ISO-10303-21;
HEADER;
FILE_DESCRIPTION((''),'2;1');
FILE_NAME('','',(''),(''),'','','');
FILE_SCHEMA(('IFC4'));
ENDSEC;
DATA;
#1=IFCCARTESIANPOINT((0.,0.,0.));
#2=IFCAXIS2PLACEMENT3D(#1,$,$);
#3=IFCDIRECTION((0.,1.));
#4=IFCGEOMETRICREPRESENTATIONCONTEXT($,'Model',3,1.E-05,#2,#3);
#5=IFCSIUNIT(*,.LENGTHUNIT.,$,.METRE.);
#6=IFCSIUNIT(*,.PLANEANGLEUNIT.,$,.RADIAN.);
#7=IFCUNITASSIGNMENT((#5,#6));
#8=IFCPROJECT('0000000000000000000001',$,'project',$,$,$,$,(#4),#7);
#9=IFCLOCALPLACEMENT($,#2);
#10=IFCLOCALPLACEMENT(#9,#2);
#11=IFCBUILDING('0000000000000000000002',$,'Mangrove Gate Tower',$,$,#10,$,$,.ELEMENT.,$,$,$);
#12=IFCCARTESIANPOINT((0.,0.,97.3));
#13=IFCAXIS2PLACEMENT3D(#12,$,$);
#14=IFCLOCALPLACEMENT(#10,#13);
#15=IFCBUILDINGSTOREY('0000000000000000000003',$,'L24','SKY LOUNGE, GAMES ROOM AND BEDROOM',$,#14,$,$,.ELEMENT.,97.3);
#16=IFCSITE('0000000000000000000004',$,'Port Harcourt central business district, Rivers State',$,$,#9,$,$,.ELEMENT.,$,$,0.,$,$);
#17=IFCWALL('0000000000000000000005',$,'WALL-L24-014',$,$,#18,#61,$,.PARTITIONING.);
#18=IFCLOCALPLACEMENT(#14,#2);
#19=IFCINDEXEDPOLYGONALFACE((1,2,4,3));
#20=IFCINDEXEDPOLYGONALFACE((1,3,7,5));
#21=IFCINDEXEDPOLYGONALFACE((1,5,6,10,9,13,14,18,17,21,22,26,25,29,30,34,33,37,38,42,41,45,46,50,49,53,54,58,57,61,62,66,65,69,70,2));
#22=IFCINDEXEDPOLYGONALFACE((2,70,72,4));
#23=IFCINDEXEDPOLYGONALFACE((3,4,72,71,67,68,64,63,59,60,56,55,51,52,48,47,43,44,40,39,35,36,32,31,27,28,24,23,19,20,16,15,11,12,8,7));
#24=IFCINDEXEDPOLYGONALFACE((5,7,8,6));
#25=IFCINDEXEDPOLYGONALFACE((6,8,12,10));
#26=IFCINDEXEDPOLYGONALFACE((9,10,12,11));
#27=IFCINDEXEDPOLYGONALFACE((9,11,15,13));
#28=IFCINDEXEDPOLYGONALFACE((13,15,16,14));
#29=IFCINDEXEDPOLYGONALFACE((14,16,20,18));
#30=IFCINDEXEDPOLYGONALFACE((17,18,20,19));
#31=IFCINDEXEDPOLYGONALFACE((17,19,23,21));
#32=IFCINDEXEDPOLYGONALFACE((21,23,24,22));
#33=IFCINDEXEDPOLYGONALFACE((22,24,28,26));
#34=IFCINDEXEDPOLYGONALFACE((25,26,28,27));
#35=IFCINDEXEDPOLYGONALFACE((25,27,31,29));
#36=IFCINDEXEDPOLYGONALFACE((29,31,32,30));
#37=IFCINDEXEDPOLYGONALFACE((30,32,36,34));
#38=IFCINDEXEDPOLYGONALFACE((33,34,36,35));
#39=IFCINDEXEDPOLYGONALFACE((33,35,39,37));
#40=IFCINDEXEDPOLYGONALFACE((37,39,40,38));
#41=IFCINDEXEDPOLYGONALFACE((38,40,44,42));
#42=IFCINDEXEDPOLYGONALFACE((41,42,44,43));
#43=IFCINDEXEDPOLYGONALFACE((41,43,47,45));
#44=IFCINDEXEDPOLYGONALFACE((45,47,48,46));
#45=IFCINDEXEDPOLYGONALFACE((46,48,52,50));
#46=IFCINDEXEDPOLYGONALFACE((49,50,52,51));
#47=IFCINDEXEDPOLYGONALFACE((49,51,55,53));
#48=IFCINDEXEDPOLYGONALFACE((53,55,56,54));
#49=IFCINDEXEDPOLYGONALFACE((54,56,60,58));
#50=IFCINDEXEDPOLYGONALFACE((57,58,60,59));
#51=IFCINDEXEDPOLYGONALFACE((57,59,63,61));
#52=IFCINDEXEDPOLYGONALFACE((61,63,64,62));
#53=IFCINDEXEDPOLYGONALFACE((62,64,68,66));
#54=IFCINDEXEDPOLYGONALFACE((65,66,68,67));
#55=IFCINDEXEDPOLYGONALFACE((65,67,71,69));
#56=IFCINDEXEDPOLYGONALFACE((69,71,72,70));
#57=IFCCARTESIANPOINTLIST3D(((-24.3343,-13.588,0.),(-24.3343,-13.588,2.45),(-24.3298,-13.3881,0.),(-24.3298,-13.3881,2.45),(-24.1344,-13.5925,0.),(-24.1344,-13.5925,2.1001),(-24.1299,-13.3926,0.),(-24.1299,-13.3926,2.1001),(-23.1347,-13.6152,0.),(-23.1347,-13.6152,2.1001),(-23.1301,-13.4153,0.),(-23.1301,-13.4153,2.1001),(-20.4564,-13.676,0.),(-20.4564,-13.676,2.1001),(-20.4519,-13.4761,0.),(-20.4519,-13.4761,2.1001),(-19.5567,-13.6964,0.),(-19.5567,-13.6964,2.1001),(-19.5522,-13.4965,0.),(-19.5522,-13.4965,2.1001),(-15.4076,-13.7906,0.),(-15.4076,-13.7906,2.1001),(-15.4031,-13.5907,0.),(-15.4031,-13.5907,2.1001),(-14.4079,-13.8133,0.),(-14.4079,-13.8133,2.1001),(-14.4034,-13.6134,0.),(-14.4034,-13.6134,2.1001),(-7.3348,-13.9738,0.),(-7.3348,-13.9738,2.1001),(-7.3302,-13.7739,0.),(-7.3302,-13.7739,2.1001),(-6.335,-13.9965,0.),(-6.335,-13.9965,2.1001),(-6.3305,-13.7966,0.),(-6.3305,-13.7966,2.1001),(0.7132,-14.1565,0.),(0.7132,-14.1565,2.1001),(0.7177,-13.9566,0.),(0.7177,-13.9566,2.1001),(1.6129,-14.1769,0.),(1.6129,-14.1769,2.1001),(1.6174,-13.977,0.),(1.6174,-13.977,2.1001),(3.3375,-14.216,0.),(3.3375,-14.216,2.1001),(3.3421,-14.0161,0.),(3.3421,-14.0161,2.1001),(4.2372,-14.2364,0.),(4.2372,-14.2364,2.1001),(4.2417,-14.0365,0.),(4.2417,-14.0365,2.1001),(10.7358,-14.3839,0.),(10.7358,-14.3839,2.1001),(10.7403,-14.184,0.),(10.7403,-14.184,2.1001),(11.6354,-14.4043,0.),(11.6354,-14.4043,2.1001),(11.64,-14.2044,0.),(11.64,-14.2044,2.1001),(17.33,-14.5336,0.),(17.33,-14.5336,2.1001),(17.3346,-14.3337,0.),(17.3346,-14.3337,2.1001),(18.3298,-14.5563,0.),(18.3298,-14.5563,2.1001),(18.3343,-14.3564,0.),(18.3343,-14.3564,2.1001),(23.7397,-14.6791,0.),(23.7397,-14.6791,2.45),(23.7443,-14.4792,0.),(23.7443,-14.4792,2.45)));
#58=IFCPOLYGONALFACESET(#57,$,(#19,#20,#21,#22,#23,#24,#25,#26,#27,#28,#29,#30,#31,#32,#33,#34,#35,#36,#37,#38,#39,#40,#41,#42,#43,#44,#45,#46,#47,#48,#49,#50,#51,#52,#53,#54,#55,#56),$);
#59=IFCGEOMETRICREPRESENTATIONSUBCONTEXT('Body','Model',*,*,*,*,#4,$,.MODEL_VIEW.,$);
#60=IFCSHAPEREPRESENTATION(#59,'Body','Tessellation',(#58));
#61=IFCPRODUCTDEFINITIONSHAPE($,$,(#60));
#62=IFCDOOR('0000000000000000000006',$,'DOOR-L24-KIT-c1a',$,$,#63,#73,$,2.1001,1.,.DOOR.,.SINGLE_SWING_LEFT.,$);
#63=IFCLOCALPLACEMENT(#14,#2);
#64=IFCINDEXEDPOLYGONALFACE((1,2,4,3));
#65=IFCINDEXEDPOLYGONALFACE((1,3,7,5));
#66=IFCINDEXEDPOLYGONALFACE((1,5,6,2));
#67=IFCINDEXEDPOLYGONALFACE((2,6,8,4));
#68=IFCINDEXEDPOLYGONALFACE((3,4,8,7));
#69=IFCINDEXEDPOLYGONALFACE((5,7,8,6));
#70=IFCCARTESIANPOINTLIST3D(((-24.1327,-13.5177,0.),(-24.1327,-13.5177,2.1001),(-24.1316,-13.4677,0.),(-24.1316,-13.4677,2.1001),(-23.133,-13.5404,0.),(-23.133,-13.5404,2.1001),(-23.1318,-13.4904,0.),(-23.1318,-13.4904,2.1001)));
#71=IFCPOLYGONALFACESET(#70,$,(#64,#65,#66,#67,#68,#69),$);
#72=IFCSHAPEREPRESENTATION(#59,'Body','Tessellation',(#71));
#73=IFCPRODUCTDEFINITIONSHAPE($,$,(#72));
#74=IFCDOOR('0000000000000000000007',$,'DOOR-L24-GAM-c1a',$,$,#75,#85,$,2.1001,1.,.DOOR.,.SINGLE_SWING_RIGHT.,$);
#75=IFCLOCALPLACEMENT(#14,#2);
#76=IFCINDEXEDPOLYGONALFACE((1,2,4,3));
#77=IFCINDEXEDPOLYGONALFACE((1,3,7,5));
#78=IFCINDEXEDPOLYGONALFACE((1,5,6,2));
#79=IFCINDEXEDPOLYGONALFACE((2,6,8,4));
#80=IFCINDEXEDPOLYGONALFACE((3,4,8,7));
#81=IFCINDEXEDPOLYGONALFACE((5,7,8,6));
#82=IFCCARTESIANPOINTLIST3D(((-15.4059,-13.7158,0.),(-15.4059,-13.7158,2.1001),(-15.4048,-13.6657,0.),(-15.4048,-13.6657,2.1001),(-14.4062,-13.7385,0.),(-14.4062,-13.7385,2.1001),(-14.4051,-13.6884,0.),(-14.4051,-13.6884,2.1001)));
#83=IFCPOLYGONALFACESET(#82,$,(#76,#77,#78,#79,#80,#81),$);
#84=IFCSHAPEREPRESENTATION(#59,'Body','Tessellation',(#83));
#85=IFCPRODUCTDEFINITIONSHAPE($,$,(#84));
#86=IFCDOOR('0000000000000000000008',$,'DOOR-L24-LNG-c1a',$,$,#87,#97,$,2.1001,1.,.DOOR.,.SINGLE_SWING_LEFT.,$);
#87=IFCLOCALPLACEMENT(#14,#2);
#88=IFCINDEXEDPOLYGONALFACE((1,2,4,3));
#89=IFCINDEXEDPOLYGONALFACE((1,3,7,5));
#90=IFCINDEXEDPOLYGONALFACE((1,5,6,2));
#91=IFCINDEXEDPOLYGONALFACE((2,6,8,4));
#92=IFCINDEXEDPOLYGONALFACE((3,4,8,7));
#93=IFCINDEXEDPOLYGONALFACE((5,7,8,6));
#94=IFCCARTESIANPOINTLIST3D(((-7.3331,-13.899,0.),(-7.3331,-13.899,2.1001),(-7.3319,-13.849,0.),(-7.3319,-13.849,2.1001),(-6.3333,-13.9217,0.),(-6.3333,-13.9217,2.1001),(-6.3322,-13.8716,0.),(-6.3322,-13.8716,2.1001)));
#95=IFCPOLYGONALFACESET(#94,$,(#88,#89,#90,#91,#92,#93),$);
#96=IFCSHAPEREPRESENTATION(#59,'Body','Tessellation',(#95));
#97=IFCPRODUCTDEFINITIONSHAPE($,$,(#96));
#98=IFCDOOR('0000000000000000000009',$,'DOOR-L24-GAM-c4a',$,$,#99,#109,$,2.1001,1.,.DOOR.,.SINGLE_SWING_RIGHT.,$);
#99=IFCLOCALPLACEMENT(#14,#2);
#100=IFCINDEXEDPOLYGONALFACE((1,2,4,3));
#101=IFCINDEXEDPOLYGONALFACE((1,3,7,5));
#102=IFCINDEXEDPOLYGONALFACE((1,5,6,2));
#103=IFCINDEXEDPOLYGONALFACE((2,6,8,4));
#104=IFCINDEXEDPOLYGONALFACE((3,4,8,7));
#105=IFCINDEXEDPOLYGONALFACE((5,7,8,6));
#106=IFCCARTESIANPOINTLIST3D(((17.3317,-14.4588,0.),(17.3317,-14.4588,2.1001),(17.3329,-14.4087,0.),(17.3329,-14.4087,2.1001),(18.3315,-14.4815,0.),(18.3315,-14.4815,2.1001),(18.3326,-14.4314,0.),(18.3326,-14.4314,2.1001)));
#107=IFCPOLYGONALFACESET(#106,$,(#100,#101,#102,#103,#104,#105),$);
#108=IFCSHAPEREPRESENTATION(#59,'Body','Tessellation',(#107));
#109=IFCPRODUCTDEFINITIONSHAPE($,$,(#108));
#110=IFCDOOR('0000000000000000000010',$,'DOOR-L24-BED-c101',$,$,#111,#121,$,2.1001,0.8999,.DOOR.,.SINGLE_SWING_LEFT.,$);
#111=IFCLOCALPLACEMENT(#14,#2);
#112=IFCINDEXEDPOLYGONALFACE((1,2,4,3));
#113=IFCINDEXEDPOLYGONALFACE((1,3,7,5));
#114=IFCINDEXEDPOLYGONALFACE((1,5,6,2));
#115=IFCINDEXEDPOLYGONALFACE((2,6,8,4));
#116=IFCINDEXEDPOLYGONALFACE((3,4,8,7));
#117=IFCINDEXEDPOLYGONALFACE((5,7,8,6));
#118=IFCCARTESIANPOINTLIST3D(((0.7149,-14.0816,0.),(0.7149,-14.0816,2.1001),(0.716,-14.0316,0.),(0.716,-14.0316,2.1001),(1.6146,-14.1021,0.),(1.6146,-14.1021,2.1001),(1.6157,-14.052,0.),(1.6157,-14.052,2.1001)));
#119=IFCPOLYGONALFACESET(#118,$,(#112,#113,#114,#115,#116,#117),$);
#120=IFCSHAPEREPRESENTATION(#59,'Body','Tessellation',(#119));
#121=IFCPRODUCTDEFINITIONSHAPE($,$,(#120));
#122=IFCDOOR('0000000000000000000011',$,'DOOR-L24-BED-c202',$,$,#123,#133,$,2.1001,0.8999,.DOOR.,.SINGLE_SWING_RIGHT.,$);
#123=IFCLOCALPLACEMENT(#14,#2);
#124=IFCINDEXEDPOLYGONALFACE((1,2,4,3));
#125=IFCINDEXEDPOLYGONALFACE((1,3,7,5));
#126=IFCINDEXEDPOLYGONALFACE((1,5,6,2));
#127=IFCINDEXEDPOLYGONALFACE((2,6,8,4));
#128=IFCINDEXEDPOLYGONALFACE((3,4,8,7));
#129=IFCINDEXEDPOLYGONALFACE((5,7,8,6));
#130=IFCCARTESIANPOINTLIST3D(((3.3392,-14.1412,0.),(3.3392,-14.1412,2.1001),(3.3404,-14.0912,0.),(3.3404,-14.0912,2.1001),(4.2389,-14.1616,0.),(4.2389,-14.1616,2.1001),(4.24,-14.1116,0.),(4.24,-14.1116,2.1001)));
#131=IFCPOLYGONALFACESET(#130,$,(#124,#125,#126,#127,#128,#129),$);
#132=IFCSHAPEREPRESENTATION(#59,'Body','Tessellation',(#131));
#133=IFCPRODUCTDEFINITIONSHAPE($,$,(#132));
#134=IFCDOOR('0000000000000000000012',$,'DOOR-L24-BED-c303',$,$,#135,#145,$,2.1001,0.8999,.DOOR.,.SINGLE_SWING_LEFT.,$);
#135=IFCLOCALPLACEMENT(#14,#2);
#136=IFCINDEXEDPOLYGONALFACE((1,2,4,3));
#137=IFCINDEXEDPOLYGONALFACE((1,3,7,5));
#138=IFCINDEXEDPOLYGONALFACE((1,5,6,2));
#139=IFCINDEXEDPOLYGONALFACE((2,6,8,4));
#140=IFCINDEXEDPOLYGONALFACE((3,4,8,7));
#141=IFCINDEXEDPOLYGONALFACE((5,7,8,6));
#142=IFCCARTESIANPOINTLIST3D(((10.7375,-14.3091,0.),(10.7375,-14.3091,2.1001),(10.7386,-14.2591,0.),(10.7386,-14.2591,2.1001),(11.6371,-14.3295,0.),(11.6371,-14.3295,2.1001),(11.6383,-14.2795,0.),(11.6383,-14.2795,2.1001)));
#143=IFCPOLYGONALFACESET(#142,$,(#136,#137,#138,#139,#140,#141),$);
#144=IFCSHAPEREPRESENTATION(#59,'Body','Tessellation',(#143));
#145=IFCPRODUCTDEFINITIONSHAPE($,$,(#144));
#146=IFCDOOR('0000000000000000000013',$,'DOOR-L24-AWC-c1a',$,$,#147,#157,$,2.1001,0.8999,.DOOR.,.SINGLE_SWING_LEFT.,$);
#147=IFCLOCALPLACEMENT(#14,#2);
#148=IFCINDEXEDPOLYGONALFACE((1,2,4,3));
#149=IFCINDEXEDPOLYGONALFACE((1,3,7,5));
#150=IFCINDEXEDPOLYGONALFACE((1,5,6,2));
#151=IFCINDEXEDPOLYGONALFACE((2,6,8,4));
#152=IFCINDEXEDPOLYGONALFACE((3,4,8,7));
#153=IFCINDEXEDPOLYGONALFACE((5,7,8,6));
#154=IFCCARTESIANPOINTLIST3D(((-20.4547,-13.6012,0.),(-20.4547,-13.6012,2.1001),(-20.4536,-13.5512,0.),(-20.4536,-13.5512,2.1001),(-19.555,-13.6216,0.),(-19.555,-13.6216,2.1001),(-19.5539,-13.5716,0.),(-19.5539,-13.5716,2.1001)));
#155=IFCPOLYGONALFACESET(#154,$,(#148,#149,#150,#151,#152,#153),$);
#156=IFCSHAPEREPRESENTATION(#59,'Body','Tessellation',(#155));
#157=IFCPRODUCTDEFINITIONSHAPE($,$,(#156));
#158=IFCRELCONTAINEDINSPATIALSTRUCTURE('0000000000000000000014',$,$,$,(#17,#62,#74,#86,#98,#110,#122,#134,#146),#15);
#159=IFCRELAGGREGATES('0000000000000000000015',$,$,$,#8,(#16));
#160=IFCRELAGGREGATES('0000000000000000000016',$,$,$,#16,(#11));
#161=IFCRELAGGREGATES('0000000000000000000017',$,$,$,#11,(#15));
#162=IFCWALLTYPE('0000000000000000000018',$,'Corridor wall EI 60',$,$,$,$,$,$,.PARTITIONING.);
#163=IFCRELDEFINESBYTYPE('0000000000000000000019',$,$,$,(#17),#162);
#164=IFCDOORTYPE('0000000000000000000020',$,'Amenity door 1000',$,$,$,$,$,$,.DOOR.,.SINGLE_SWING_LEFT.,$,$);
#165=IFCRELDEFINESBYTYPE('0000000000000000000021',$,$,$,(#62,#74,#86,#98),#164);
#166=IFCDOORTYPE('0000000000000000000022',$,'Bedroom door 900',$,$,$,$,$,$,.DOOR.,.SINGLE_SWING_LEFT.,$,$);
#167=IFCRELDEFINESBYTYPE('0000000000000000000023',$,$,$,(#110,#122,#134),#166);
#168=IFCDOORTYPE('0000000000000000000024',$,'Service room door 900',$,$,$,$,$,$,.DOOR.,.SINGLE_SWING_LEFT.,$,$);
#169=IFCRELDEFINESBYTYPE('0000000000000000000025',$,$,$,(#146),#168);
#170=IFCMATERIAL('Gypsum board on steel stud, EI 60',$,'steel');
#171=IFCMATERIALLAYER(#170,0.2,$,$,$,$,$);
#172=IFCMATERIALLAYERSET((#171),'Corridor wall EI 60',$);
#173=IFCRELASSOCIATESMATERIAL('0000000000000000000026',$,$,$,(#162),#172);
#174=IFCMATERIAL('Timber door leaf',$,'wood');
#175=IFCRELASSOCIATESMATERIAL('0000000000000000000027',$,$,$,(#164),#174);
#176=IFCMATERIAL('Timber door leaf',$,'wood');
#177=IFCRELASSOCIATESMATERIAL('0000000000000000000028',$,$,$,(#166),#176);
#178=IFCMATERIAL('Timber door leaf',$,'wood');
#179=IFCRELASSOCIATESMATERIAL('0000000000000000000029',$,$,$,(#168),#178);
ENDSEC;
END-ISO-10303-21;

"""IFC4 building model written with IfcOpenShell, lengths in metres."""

from ifc_helpers import new_model, si_unit, direction, frame, frame_2d, origin, place, context, subcontext, project, spatial, rectangle, extrude, material, layer, layer_set, type_object, element, fill, save


model = new_model("IFC4")

# Units and contexts
model_context = context("Model", 3, precision=1e-05, world=origin(), true_north=direction((0.0, 1.0)))
body_context = subcontext(model_context, "Body", "Model", "MODEL_VIEW")
ifc_project = project(units=[si_unit("LENGTHUNIT", "METRE"), si_unit("PLANEANGLEUNIT", "RADIAN")], contexts=[model_context])

# Site, building, storey
site_placement = place(None, origin())
site = spatial("IfcSite", under=ifc_project, at=site_placement, Name="Port Harcourt central business district, Rivers State", CompositionType="ELEMENT", RefElevation=0.0)
building_placement = place(site_placement, origin())
building = spatial("IfcBuilding", under=site, at=building_placement, Name="Mangrove Gate Tower", CompositionType="ELEMENT")
storey_placement = place(building_placement, frame((0.0, 0.0, 97.3)))
storey = spatial("IfcBuildingStorey", under=building, at=storey_placement, Name="L24", Description="SKY LOUNGE, GAMES ROOM AND BEDROOM", CompositionType="ELEMENT", Elevation=97.3)

# Wall, openings, doors
ifc_material_1 = material(Name="Gypsum board on steel stud, EI 60", Category="steel")
ifc_layer_1 = layer(ifc_material_1, 0.2)
ifc_layer_set_1 = layer_set([ifc_layer_1], Name="Corridor wall EI 60")
wall_type_1 = type_object("IfcWallType", Name="Corridor wall EI 60", PredefinedType="PARTITIONING", material=ifc_layer_set_1)
wall_1_placement = place(storey_placement, frame((-24.332, -13.488, 0.0), z_axis=(0.0, 0.0, 1.0), x_axis=(0.999743, -0.02269, 0.0)))
wall_1 = element("IfcWall", 1, at=wall_1_placement, inside=storey, type_object=wall_type_1, Name="WALL-L24-014", PredefinedType="PARTITIONING", context=body_context, shape_type="SweptSolid", body=[
    extrude(rectangle(XDim=48.0864, YDim=0.2, at=frame_2d((24.0432, 0.0))), origin(), (0.0, 0.0, 1.0), 2.45),
])
opening_1_placement = place(wall_1_placement, frame((0.2, 0.0, 0.0)))
opening_1 = element("IfcOpeningElement", 2, at=opening_1_placement, cuts=wall_1, PredefinedType="OPENING", context=body_context, shape_type="SweptSolid", body=[
    extrude(rectangle(XDim=1.0, YDim=2.1001, at=frame_2d((0.5, 1.05))), frame((0.0, 0.1099, 0.0), z_axis=(0.0, -1.0, 0.0), x_axis=(1.0, 0.0, 0.0)), (0.0, 0.0, 1.0), 0.22),
])
opening_2_placement = place(wall_1_placement, frame((3.8789, 0.0, 0.0)))
opening_2 = element("IfcOpeningElement", 3, at=opening_2_placement, cuts=wall_1, PredefinedType="OPENING", context=body_context, shape_type="SweptSolid", body=[
    extrude(rectangle(XDim=0.8999, YDim=2.1001, at=frame_2d((0.45, 1.05))), frame((0.0, 0.1099, 0.0), z_axis=(0.0, -1.0, 0.0), x_axis=(1.0, 0.0, 0.0)), (0.0, 0.0, 1.0), 0.22),
])
opening_3_placement = place(wall_1_placement, frame((8.929, 0.0, 0.0)))
opening_3 = element("IfcOpeningElement", 4, at=opening_3_placement, cuts=wall_1, PredefinedType="OPENING", context=body_context, shape_type="SweptSolid", body=[
    extrude(rectangle(XDim=1.0, YDim=2.1001, at=frame_2d((0.5, 1.05))), frame((0.0, 0.1099, 0.0), z_axis=(0.0, -1.0, 0.0), x_axis=(1.0, 0.0, 0.0)), (0.0, 0.0, 1.0), 0.22),
])
opening_4_placement = place(wall_1_placement, frame((17.0039, 0.0, 0.0)))
opening_4 = element("IfcOpeningElement", 5, at=opening_4_placement, cuts=wall_1, PredefinedType="OPENING", context=body_context, shape_type="SweptSolid", body=[
    extrude(rectangle(XDim=1.0, YDim=2.1001, at=frame_2d((0.5, 1.05))), frame((0.0, 0.1099, 0.0), z_axis=(0.0, -1.0, 0.0), x_axis=(1.0, 0.0, 0.0)), (0.0, 0.0, 1.0), 0.22),
])
opening_5_placement = place(wall_1_placement, frame((25.054, 0.0, 0.0)))
opening_5 = element("IfcOpeningElement", 6, at=opening_5_placement, cuts=wall_1, PredefinedType="OPENING", context=body_context, shape_type="SweptSolid", body=[
    extrude(rectangle(XDim=0.8999, YDim=2.1001, at=frame_2d((0.45, 1.05))), frame((0.0, 0.1099, 0.0), z_axis=(0.0, -1.0, 0.0), x_axis=(1.0, 0.0, 0.0)), (0.0, 0.0, 1.0), 0.22),
])
opening_6_placement = place(wall_1_placement, frame((27.679, 0.0, 0.0)))
opening_6 = element("IfcOpeningElement", 7, at=opening_6_placement, cuts=wall_1, PredefinedType="OPENING", context=body_context, shape_type="SweptSolid", body=[
    extrude(rectangle(XDim=0.8999, YDim=2.1001, at=frame_2d((0.45, 1.05))), frame((0.0, 0.1099, 0.0), z_axis=(0.0, -1.0, 0.0), x_axis=(1.0, 0.0, 0.0)), (0.0, 0.0, 1.0), 0.22),
])
opening_7_placement = place(wall_1_placement, frame((35.0791, 0.0, 0.0)))
opening_7 = element("IfcOpeningElement", 8, at=opening_7_placement, cuts=wall_1, PredefinedType="OPENING", context=body_context, shape_type="SweptSolid", body=[
    extrude(rectangle(XDim=0.8999, YDim=2.1001, at=frame_2d((0.45, 1.05))), frame((0.0, 0.1099, 0.0), z_axis=(0.0, -1.0, 0.0), x_axis=(1.0, 0.0, 0.0)), (0.0, 0.0, 1.0), 0.22),
])
opening_8_placement = place(wall_1_placement, frame((41.675, 0.0, 0.0)))
opening_8 = element("IfcOpeningElement", 9, at=opening_8_placement, cuts=wall_1, PredefinedType="OPENING", context=body_context, shape_type="SweptSolid", body=[
    extrude(rectangle(XDim=1.0, YDim=2.1001, at=frame_2d((0.5, 1.05))), frame((0.0, 0.1099, 0.0), z_axis=(0.0, -1.0, 0.0), x_axis=(1.0, 0.0, 0.0)), (0.0, 0.0, 1.0), 0.22),
])
ifc_material_2 = material(Name="Timber door leaf", Category="wood")
door_type_1 = type_object("IfcDoorType", Name="Amenity door 1000", OperationType="SINGLE_SWING_LEFT", PredefinedType="DOOR", material=ifc_material_2)
door_1_placement = place(opening_1_placement, origin())
door_1 = element("IfcDoor", 10, at=door_1_placement, inside=storey, type_object=door_type_1, Name="DOOR-L24-KIT-c1a", OperationType="SINGLE_SWING_LEFT", OverallHeight=2.1001, OverallWidth=1.0, PredefinedType="DOOR", context=body_context, shape_type="SweptSolid", body=[
    extrude(rectangle(XDim=1.0, YDim=2.1001, at=frame_2d((0.5, 1.05))), frame((0.0, 0.0249, 0.0), z_axis=(0.0, -1.0, 0.0), x_axis=(1.0, 0.0, 0.0)), (0.0, 0.0, 1.0), 0.05),
])
fill(opening_1, door_1)
door_2_placement = place(opening_3_placement, origin())
door_2 = element("IfcDoor", 11, at=door_2_placement, inside=storey, type_object=door_type_1, Name="DOOR-L24-GAM-c1a", OperationType="SINGLE_SWING_RIGHT", OverallHeight=2.1001, OverallWidth=1.0, PredefinedType="DOOR", context=body_context, shape_type="SweptSolid", body=[
    extrude(rectangle(XDim=1.0, YDim=2.1001, at=frame_2d((0.5, 1.05))), frame((0.0, 0.0249, 0.0), z_axis=(0.0, -1.0, 0.0), x_axis=(1.0, 0.0, 0.0)), (0.0, 0.0, 1.0), 0.05),
])
fill(opening_3, door_2)
door_3_placement = place(opening_4_placement, origin())
door_3 = element("IfcDoor", 12, at=door_3_placement, inside=storey, type_object=door_type_1, Name="DOOR-L24-LNG-c1a", OperationType="SINGLE_SWING_LEFT", OverallHeight=2.1001, OverallWidth=1.0, PredefinedType="DOOR", context=body_context, shape_type="SweptSolid", body=[
    extrude(rectangle(XDim=1.0, YDim=2.1001, at=frame_2d((0.5, 1.05))), frame((0.0, 0.0249, 0.0), z_axis=(0.0, -1.0, 0.0), x_axis=(1.0, 0.0, 0.0)), (0.0, 0.0, 1.0), 0.05),
])
fill(opening_4, door_3)
door_4_placement = place(opening_8_placement, origin())
door_4 = element("IfcDoor", 13, at=door_4_placement, inside=storey, type_object=door_type_1, Name="DOOR-L24-GAM-c4a", OperationType="SINGLE_SWING_RIGHT", OverallHeight=2.1001, OverallWidth=1.0, PredefinedType="DOOR", context=body_context, shape_type="SweptSolid", body=[
    extrude(rectangle(XDim=1.0, YDim=2.1001, at=frame_2d((0.5, 1.05))), frame((0.0, 0.0249, 0.0), z_axis=(0.0, -1.0, 0.0), x_axis=(1.0, 0.0, 0.0)), (0.0, 0.0, 1.0), 0.05),
])
fill(opening_8, door_4)
ifc_material_3 = material(Name="Timber door leaf", Category="wood")
door_type_2 = type_object("IfcDoorType", Name="Bedroom door 900", OperationType="SINGLE_SWING_LEFT", PredefinedType="DOOR", material=ifc_material_3)
door_5_placement = place(opening_5_placement, origin())
door_5 = element("IfcDoor", 14, at=door_5_placement, inside=storey, type_object=door_type_2, Name="DOOR-L24-BED-c101", OperationType="SINGLE_SWING_LEFT", OverallHeight=2.1001, OverallWidth=0.8999, PredefinedType="DOOR", context=body_context, shape_type="SweptSolid", body=[
    extrude(rectangle(XDim=0.8999, YDim=2.1001, at=frame_2d((0.45, 1.05))), frame((0.0, 0.0249, 0.0), z_axis=(0.0, -1.0, 0.0), x_axis=(1.0, 0.0, 0.0)), (0.0, 0.0, 1.0), 0.05),
])
fill(opening_5, door_5)
door_6_placement = place(opening_6_placement, origin())
door_6 = element("IfcDoor", 15, at=door_6_placement, inside=storey, type_object=door_type_2, Name="DOOR-L24-BED-c202", OperationType="SINGLE_SWING_RIGHT", OverallHeight=2.1001, OverallWidth=0.8999, PredefinedType="DOOR", context=body_context, shape_type="SweptSolid", body=[
    extrude(rectangle(XDim=0.8999, YDim=2.1001, at=frame_2d((0.45, 1.05))), frame((0.0, 0.0249, 0.0), z_axis=(0.0, -1.0, 0.0), x_axis=(1.0, 0.0, 0.0)), (0.0, 0.0, 1.0), 0.05),
])
fill(opening_6, door_6)
door_7_placement = place(opening_7_placement, origin())
door_7 = element("IfcDoor", 16, at=door_7_placement, inside=storey, type_object=door_type_2, Name="DOOR-L24-BED-c303", OperationType="SINGLE_SWING_LEFT", OverallHeight=2.1001, OverallWidth=0.8999, PredefinedType="DOOR", context=body_context, shape_type="SweptSolid", body=[
    extrude(rectangle(XDim=0.8999, YDim=2.1001, at=frame_2d((0.45, 1.05))), frame((0.0, 0.0249, 0.0), z_axis=(0.0, -1.0, 0.0), x_axis=(1.0, 0.0, 0.0)), (0.0, 0.0, 1.0), 0.05),
])
fill(opening_7, door_7)
ifc_material_4 = material(Name="Timber door leaf", Category="wood")
door_type_3 = type_object("IfcDoorType", Name="Service room door 900", OperationType="SINGLE_SWING_LEFT", PredefinedType="DOOR", material=ifc_material_4)
door_8_placement = place(opening_2_placement, origin())
door_8 = element("IfcDoor", 17, at=door_8_placement, inside=storey, type_object=door_type_3, Name="DOOR-L24-AWC-c1a", OperationType="SINGLE_SWING_LEFT", OverallHeight=2.1001, OverallWidth=0.8999, PredefinedType="DOOR", context=body_context, shape_type="SweptSolid", body=[
    extrude(rectangle(XDim=0.8999, YDim=2.1001, at=frame_2d((0.45, 1.05))), frame((0.0, 0.0249, 0.0), z_axis=(0.0, -1.0, 0.0), x_axis=(1.0, 0.0, 0.0)), (0.0, 0.0, 1.0), 0.05),
])
fill(opening_2, door_8)

save(model, "model.ifc")
